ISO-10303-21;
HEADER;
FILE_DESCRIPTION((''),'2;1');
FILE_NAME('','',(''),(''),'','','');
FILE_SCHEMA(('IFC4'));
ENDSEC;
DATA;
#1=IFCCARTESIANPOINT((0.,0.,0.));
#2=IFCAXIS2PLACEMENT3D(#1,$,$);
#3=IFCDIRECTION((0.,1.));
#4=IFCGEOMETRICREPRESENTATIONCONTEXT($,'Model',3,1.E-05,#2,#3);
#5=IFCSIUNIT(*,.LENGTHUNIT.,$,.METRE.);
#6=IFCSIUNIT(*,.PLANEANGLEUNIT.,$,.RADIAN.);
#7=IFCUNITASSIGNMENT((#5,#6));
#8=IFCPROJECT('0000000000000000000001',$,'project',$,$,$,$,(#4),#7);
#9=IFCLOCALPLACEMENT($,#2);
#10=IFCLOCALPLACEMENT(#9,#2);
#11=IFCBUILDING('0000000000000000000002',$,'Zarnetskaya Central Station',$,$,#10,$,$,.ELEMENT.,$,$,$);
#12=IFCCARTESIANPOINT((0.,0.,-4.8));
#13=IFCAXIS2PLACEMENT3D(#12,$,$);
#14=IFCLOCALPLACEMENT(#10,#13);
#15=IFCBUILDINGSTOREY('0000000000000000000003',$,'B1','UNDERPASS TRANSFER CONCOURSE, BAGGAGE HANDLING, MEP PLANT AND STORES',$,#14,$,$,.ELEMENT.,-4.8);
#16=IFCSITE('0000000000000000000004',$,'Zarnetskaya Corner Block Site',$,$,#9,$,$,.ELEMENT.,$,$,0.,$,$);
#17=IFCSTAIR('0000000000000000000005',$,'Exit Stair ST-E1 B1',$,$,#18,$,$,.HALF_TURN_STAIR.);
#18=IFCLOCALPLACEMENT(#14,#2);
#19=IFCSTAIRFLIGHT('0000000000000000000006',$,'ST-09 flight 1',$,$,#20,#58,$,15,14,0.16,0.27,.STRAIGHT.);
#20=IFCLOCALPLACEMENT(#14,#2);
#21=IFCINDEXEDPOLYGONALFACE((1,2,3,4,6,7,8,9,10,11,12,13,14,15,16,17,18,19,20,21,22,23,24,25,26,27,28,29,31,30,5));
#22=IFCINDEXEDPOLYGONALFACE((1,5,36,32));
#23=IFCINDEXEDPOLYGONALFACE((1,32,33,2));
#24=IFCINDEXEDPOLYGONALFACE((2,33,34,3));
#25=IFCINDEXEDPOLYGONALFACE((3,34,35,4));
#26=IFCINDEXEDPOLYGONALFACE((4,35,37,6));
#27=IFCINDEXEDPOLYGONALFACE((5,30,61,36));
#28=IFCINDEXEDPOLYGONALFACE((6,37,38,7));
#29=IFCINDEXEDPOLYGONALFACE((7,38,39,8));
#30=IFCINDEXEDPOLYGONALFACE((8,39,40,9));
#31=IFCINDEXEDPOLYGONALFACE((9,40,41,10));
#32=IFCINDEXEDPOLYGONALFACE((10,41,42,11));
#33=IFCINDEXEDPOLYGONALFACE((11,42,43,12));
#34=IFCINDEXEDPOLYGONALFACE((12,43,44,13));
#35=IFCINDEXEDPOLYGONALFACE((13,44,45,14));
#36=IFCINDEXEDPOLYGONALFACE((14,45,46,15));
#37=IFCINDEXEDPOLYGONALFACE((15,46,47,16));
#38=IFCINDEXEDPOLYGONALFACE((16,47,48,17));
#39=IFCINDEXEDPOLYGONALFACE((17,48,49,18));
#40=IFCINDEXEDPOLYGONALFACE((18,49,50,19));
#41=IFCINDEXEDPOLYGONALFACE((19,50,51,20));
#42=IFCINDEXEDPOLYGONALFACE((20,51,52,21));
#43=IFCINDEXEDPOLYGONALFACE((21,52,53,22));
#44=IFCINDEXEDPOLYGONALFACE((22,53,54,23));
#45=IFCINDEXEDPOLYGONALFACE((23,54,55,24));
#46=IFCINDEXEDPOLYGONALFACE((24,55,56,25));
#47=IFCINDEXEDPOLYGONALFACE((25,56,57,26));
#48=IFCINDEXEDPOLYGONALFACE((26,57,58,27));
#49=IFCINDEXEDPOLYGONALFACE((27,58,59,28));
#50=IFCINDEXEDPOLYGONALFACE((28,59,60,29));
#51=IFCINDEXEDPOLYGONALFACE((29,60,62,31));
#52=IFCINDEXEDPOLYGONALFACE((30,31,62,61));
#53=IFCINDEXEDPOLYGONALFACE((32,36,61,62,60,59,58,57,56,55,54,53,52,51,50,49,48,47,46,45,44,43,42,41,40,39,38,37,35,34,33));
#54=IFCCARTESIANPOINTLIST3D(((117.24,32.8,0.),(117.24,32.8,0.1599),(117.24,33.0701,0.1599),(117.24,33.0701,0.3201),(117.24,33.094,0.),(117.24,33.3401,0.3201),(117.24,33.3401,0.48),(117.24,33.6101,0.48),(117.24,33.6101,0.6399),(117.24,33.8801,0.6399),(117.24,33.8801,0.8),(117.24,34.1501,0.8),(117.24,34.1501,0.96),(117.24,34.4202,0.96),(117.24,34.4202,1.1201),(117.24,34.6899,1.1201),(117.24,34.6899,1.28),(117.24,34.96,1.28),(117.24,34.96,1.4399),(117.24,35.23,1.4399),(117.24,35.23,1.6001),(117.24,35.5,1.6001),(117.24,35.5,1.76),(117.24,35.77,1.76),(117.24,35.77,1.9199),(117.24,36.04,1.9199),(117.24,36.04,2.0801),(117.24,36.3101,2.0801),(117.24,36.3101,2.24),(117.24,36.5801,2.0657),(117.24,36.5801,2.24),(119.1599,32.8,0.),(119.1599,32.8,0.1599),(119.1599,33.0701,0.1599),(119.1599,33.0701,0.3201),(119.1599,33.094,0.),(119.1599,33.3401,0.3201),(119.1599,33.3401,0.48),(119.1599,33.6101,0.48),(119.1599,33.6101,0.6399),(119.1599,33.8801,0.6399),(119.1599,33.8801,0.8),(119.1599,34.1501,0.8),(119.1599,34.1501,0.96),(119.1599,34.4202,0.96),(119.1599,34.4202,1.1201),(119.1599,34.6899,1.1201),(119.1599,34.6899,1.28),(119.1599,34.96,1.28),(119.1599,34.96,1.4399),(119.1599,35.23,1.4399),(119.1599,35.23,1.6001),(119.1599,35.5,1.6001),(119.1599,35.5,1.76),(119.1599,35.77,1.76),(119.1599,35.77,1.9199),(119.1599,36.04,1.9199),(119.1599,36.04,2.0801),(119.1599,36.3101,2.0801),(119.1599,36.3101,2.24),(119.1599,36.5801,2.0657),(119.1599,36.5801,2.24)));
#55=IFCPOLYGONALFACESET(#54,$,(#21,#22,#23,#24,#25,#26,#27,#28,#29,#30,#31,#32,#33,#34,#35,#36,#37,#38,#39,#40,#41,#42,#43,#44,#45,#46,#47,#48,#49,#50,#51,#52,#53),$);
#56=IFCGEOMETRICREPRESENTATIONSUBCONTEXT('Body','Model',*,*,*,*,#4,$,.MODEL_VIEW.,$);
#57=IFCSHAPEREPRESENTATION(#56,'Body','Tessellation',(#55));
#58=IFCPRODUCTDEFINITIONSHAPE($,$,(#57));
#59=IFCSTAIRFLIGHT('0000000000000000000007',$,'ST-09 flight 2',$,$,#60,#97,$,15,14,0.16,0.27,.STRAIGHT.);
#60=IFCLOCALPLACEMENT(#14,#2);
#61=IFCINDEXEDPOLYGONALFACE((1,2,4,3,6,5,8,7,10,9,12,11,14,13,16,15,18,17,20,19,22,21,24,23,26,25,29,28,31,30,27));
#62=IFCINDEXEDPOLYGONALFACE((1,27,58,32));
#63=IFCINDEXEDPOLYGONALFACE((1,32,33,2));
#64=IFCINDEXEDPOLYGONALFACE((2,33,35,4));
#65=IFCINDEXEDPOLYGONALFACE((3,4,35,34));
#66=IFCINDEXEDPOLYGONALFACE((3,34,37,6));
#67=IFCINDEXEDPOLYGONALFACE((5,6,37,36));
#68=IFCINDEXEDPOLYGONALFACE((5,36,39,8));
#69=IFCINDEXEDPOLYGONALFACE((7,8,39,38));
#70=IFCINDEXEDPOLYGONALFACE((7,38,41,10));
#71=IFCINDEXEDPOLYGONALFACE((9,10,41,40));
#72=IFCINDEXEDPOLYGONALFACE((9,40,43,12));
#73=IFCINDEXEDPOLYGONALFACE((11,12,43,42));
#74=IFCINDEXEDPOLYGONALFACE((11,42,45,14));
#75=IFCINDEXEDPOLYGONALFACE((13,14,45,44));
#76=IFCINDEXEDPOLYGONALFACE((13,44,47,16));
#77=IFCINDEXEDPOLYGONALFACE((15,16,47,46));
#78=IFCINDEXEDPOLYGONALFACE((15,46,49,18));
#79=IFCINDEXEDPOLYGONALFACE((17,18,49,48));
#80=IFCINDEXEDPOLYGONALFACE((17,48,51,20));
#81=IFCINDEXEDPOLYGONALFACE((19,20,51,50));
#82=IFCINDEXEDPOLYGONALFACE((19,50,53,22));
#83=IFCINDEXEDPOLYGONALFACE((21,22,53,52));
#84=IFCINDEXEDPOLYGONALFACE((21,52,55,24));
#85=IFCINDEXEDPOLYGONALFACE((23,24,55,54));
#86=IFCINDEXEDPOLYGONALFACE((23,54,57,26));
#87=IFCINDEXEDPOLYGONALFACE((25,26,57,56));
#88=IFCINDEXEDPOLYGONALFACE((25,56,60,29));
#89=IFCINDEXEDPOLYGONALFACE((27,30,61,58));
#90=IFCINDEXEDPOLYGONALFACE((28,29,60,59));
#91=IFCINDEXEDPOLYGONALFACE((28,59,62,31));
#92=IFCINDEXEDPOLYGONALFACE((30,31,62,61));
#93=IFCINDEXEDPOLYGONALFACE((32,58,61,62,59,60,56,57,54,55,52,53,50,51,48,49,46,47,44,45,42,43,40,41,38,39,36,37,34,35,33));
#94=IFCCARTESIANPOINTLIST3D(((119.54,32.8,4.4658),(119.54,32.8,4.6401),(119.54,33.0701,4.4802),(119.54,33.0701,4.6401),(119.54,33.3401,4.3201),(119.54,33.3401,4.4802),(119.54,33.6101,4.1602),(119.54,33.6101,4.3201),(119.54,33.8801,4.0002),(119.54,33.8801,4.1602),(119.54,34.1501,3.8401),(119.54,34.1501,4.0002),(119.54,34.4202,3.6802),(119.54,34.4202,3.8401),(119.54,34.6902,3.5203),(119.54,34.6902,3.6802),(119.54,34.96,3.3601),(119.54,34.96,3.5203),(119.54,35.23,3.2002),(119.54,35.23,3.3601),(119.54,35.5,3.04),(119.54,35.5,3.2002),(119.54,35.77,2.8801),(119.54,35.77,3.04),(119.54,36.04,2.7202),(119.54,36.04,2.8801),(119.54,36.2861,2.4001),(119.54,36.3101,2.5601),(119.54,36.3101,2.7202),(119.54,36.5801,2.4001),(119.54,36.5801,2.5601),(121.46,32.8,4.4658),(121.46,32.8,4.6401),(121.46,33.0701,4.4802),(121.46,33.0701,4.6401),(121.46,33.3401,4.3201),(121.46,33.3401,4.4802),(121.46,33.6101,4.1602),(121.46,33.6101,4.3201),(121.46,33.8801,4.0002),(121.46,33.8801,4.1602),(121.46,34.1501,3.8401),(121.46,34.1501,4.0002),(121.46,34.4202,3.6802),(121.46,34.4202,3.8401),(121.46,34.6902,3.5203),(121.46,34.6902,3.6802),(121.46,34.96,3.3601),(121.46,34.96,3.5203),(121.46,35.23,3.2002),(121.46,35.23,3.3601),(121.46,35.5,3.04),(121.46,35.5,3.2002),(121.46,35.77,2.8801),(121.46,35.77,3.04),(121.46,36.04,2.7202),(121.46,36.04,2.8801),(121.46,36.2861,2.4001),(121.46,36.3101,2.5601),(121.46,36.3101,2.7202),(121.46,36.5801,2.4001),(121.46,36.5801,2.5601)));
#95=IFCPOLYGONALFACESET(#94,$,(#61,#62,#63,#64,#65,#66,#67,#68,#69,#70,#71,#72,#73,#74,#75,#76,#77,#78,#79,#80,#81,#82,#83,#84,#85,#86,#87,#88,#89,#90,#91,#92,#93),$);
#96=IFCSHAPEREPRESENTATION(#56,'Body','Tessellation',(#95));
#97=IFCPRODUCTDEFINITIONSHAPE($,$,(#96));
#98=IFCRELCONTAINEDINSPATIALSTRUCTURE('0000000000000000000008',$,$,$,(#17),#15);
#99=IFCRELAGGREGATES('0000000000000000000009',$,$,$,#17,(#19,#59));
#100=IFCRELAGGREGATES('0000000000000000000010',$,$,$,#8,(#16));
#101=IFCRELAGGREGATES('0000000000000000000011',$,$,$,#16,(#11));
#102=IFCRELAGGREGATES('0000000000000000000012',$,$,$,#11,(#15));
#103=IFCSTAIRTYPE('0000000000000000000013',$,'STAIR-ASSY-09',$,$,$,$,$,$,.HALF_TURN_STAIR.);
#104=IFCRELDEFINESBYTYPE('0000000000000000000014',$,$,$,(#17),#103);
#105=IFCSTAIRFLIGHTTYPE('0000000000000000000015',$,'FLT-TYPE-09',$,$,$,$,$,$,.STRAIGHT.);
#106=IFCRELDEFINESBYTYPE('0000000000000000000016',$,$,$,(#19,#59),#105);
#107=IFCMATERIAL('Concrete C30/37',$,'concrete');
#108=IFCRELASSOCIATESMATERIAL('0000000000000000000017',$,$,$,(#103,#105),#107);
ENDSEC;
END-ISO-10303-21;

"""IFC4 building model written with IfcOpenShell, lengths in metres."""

from ifc_helpers import new_model, si_unit, direction, frame, origin, place, context, subcontext, project, spatial, polyline, outline, extrude, material, type_object, element, aggregate, save


model = new_model("IFC4")

# Units and contexts
model_context = context("Model", 3, precision=1e-05, world=origin(), true_north=direction((0.0, 1.0)))
body_context = subcontext(model_context, "Body", "Model", "MODEL_VIEW")
ifc_project = project(units=[si_unit("LENGTHUNIT", "METRE"), si_unit("PLANEANGLEUNIT", "RADIAN")], contexts=[model_context])

# Site, building, storey
site_placement = place(None, origin())
site = spatial("IfcSite", under=ifc_project, at=site_placement, Name="Zarnetskaya Corner Block Site", CompositionType="ELEMENT", RefElevation=0.0)
building_placement = place(site_placement, origin())
building = spatial("IfcBuilding", under=site, at=building_placement, Name="Zarnetskaya Central Station", CompositionType="ELEMENT")
storey_placement = place(building_placement, frame((0.0, 0.0, -4.8)))
storey = spatial("IfcBuildingStorey", under=building, at=storey_placement, Name="B1", Description="UNDERPASS TRANSFER CONCOURSE, BAGGAGE HANDLING, MEP PLANT AND STORES", CompositionType="ELEMENT", Elevation=-4.8)

# Stair, stair flights
ifc_material_1 = material(Name="Concrete C30/37", Category="concrete")
stair_type = type_object("IfcStairType", Name="STAIR-ASSY-09", PredefinedType="HALF_TURN_STAIR", material=ifc_material_1)
stair_placement = place(storey_placement, origin())
stair = element("IfcStair", 1, at=stair_placement, inside=storey, type_object=stair_type, Name="Exit Stair ST-E1 B1", PredefinedType="HALF_TURN_STAIR")
stair_flight_type = type_object("IfcStairFlightType", Name="FLT-TYPE-09", PredefinedType="STRAIGHT", material=ifc_material_1)
stair_flight_1_placement = place(storey_placement, frame((118.2, 32.8, 0.0), z_axis=(0.0, 0.0, 1.0), x_axis=(0.0, 1.0, 0.0)))
stair_flight_1 = element("IfcStairFlight", 2, at=stair_flight_1_placement, type_object=stair_flight_type, Name="ST-09 flight 1", NumberOfRisers=15, NumberOfTreads=14, PredefinedType="STRAIGHT", RiserHeight=0.16, TreadLength=0.27, context=body_context, shape_type="SweptSolid", body=[
    extrude(outline(polyline([(0.0, 0.0), (0.0, 0.1599), (0.27, 0.1599), (0.27, 0.3201), (0.54, 0.3201), (0.54, 0.48), (0.8101, 0.48), (0.8101, 0.6399), (1.0801, 0.6399), (1.0801, 0.8), (1.3501, 0.8), (1.3501, 0.96), (1.6201, 0.96), (1.6201, 1.1201), (1.8899, 1.1201), (1.8899, 1.28), (2.1599, 1.28), (2.1599, 1.4399), (2.4299, 1.4399), (2.4299, 1.6001), (2.7, 1.6001), (2.7, 1.76), (2.97, 1.76), (2.97, 1.9199), (3.24, 1.9199), (3.24, 2.0801), (3.51, 2.0801), (3.51, 2.24), (3.78, 2.24), (3.78, 2.3999), (3.78, 2.0657), (0.2939, 0.0), (0.0, 0.0)])), frame((0.0, 0.96, 0.0), z_axis=(0.0, -1.0, 0.0), x_axis=(1.0, 0.0, 0.0)), (0.0, 0.0, 1.0), 1.9199),
])
stair_flight_2_placement = place(storey_placement, frame((120.5, 36.5801, 2.4001), z_axis=(0.0, 0.0, 1.0), x_axis=(0.0, -1.0, 0.0)))
stair_flight_2 = element("IfcStairFlight", 3, at=stair_flight_2_placement, type_object=stair_flight_type, Name="ST-09 flight 2", NumberOfRisers=15, NumberOfTreads=14, PredefinedType="STRAIGHT", RiserHeight=0.16, TreadLength=0.27, context=body_context, shape_type="SweptSolid", body=[
    extrude(outline(polyline([(0.0, 0.0), (0.0, 0.1599), (0.27, 0.1599), (0.27, 0.3201), (0.54, 0.3201), (0.54, 0.48), (0.8101, 0.48), (0.8101, 0.6399), (1.0801, 0.6399), (1.0801, 0.8), (1.3501, 0.8), (1.3501, 0.96), (1.6201, 0.96), (1.6201, 1.1201), (1.8899, 1.1201), (1.8899, 1.28), (2.1599, 1.28), (2.1599, 1.4399), (2.4299, 1.4399), (2.4299, 1.6001), (2.7, 1.6001), (2.7, 1.76), (2.97, 1.76), (2.97, 1.9199), (3.24, 1.9199), (3.24, 2.0801), (3.51, 2.0801), (3.51, 2.24), (3.78, 2.24), (3.78, 2.3999), (3.78, 2.0657), (0.2939, 0.0), (0.0, 0.0)])), frame((0.0, 0.96, 0.0), z_axis=(0.0, -1.0, 0.0), x_axis=(1.0, 0.0, 0.0)), (0.0, 0.0, 1.0), 1.9199),
])
aggregate(stair, [stair_flight_1, stair_flight_2])

save(model, "model.ifc")
